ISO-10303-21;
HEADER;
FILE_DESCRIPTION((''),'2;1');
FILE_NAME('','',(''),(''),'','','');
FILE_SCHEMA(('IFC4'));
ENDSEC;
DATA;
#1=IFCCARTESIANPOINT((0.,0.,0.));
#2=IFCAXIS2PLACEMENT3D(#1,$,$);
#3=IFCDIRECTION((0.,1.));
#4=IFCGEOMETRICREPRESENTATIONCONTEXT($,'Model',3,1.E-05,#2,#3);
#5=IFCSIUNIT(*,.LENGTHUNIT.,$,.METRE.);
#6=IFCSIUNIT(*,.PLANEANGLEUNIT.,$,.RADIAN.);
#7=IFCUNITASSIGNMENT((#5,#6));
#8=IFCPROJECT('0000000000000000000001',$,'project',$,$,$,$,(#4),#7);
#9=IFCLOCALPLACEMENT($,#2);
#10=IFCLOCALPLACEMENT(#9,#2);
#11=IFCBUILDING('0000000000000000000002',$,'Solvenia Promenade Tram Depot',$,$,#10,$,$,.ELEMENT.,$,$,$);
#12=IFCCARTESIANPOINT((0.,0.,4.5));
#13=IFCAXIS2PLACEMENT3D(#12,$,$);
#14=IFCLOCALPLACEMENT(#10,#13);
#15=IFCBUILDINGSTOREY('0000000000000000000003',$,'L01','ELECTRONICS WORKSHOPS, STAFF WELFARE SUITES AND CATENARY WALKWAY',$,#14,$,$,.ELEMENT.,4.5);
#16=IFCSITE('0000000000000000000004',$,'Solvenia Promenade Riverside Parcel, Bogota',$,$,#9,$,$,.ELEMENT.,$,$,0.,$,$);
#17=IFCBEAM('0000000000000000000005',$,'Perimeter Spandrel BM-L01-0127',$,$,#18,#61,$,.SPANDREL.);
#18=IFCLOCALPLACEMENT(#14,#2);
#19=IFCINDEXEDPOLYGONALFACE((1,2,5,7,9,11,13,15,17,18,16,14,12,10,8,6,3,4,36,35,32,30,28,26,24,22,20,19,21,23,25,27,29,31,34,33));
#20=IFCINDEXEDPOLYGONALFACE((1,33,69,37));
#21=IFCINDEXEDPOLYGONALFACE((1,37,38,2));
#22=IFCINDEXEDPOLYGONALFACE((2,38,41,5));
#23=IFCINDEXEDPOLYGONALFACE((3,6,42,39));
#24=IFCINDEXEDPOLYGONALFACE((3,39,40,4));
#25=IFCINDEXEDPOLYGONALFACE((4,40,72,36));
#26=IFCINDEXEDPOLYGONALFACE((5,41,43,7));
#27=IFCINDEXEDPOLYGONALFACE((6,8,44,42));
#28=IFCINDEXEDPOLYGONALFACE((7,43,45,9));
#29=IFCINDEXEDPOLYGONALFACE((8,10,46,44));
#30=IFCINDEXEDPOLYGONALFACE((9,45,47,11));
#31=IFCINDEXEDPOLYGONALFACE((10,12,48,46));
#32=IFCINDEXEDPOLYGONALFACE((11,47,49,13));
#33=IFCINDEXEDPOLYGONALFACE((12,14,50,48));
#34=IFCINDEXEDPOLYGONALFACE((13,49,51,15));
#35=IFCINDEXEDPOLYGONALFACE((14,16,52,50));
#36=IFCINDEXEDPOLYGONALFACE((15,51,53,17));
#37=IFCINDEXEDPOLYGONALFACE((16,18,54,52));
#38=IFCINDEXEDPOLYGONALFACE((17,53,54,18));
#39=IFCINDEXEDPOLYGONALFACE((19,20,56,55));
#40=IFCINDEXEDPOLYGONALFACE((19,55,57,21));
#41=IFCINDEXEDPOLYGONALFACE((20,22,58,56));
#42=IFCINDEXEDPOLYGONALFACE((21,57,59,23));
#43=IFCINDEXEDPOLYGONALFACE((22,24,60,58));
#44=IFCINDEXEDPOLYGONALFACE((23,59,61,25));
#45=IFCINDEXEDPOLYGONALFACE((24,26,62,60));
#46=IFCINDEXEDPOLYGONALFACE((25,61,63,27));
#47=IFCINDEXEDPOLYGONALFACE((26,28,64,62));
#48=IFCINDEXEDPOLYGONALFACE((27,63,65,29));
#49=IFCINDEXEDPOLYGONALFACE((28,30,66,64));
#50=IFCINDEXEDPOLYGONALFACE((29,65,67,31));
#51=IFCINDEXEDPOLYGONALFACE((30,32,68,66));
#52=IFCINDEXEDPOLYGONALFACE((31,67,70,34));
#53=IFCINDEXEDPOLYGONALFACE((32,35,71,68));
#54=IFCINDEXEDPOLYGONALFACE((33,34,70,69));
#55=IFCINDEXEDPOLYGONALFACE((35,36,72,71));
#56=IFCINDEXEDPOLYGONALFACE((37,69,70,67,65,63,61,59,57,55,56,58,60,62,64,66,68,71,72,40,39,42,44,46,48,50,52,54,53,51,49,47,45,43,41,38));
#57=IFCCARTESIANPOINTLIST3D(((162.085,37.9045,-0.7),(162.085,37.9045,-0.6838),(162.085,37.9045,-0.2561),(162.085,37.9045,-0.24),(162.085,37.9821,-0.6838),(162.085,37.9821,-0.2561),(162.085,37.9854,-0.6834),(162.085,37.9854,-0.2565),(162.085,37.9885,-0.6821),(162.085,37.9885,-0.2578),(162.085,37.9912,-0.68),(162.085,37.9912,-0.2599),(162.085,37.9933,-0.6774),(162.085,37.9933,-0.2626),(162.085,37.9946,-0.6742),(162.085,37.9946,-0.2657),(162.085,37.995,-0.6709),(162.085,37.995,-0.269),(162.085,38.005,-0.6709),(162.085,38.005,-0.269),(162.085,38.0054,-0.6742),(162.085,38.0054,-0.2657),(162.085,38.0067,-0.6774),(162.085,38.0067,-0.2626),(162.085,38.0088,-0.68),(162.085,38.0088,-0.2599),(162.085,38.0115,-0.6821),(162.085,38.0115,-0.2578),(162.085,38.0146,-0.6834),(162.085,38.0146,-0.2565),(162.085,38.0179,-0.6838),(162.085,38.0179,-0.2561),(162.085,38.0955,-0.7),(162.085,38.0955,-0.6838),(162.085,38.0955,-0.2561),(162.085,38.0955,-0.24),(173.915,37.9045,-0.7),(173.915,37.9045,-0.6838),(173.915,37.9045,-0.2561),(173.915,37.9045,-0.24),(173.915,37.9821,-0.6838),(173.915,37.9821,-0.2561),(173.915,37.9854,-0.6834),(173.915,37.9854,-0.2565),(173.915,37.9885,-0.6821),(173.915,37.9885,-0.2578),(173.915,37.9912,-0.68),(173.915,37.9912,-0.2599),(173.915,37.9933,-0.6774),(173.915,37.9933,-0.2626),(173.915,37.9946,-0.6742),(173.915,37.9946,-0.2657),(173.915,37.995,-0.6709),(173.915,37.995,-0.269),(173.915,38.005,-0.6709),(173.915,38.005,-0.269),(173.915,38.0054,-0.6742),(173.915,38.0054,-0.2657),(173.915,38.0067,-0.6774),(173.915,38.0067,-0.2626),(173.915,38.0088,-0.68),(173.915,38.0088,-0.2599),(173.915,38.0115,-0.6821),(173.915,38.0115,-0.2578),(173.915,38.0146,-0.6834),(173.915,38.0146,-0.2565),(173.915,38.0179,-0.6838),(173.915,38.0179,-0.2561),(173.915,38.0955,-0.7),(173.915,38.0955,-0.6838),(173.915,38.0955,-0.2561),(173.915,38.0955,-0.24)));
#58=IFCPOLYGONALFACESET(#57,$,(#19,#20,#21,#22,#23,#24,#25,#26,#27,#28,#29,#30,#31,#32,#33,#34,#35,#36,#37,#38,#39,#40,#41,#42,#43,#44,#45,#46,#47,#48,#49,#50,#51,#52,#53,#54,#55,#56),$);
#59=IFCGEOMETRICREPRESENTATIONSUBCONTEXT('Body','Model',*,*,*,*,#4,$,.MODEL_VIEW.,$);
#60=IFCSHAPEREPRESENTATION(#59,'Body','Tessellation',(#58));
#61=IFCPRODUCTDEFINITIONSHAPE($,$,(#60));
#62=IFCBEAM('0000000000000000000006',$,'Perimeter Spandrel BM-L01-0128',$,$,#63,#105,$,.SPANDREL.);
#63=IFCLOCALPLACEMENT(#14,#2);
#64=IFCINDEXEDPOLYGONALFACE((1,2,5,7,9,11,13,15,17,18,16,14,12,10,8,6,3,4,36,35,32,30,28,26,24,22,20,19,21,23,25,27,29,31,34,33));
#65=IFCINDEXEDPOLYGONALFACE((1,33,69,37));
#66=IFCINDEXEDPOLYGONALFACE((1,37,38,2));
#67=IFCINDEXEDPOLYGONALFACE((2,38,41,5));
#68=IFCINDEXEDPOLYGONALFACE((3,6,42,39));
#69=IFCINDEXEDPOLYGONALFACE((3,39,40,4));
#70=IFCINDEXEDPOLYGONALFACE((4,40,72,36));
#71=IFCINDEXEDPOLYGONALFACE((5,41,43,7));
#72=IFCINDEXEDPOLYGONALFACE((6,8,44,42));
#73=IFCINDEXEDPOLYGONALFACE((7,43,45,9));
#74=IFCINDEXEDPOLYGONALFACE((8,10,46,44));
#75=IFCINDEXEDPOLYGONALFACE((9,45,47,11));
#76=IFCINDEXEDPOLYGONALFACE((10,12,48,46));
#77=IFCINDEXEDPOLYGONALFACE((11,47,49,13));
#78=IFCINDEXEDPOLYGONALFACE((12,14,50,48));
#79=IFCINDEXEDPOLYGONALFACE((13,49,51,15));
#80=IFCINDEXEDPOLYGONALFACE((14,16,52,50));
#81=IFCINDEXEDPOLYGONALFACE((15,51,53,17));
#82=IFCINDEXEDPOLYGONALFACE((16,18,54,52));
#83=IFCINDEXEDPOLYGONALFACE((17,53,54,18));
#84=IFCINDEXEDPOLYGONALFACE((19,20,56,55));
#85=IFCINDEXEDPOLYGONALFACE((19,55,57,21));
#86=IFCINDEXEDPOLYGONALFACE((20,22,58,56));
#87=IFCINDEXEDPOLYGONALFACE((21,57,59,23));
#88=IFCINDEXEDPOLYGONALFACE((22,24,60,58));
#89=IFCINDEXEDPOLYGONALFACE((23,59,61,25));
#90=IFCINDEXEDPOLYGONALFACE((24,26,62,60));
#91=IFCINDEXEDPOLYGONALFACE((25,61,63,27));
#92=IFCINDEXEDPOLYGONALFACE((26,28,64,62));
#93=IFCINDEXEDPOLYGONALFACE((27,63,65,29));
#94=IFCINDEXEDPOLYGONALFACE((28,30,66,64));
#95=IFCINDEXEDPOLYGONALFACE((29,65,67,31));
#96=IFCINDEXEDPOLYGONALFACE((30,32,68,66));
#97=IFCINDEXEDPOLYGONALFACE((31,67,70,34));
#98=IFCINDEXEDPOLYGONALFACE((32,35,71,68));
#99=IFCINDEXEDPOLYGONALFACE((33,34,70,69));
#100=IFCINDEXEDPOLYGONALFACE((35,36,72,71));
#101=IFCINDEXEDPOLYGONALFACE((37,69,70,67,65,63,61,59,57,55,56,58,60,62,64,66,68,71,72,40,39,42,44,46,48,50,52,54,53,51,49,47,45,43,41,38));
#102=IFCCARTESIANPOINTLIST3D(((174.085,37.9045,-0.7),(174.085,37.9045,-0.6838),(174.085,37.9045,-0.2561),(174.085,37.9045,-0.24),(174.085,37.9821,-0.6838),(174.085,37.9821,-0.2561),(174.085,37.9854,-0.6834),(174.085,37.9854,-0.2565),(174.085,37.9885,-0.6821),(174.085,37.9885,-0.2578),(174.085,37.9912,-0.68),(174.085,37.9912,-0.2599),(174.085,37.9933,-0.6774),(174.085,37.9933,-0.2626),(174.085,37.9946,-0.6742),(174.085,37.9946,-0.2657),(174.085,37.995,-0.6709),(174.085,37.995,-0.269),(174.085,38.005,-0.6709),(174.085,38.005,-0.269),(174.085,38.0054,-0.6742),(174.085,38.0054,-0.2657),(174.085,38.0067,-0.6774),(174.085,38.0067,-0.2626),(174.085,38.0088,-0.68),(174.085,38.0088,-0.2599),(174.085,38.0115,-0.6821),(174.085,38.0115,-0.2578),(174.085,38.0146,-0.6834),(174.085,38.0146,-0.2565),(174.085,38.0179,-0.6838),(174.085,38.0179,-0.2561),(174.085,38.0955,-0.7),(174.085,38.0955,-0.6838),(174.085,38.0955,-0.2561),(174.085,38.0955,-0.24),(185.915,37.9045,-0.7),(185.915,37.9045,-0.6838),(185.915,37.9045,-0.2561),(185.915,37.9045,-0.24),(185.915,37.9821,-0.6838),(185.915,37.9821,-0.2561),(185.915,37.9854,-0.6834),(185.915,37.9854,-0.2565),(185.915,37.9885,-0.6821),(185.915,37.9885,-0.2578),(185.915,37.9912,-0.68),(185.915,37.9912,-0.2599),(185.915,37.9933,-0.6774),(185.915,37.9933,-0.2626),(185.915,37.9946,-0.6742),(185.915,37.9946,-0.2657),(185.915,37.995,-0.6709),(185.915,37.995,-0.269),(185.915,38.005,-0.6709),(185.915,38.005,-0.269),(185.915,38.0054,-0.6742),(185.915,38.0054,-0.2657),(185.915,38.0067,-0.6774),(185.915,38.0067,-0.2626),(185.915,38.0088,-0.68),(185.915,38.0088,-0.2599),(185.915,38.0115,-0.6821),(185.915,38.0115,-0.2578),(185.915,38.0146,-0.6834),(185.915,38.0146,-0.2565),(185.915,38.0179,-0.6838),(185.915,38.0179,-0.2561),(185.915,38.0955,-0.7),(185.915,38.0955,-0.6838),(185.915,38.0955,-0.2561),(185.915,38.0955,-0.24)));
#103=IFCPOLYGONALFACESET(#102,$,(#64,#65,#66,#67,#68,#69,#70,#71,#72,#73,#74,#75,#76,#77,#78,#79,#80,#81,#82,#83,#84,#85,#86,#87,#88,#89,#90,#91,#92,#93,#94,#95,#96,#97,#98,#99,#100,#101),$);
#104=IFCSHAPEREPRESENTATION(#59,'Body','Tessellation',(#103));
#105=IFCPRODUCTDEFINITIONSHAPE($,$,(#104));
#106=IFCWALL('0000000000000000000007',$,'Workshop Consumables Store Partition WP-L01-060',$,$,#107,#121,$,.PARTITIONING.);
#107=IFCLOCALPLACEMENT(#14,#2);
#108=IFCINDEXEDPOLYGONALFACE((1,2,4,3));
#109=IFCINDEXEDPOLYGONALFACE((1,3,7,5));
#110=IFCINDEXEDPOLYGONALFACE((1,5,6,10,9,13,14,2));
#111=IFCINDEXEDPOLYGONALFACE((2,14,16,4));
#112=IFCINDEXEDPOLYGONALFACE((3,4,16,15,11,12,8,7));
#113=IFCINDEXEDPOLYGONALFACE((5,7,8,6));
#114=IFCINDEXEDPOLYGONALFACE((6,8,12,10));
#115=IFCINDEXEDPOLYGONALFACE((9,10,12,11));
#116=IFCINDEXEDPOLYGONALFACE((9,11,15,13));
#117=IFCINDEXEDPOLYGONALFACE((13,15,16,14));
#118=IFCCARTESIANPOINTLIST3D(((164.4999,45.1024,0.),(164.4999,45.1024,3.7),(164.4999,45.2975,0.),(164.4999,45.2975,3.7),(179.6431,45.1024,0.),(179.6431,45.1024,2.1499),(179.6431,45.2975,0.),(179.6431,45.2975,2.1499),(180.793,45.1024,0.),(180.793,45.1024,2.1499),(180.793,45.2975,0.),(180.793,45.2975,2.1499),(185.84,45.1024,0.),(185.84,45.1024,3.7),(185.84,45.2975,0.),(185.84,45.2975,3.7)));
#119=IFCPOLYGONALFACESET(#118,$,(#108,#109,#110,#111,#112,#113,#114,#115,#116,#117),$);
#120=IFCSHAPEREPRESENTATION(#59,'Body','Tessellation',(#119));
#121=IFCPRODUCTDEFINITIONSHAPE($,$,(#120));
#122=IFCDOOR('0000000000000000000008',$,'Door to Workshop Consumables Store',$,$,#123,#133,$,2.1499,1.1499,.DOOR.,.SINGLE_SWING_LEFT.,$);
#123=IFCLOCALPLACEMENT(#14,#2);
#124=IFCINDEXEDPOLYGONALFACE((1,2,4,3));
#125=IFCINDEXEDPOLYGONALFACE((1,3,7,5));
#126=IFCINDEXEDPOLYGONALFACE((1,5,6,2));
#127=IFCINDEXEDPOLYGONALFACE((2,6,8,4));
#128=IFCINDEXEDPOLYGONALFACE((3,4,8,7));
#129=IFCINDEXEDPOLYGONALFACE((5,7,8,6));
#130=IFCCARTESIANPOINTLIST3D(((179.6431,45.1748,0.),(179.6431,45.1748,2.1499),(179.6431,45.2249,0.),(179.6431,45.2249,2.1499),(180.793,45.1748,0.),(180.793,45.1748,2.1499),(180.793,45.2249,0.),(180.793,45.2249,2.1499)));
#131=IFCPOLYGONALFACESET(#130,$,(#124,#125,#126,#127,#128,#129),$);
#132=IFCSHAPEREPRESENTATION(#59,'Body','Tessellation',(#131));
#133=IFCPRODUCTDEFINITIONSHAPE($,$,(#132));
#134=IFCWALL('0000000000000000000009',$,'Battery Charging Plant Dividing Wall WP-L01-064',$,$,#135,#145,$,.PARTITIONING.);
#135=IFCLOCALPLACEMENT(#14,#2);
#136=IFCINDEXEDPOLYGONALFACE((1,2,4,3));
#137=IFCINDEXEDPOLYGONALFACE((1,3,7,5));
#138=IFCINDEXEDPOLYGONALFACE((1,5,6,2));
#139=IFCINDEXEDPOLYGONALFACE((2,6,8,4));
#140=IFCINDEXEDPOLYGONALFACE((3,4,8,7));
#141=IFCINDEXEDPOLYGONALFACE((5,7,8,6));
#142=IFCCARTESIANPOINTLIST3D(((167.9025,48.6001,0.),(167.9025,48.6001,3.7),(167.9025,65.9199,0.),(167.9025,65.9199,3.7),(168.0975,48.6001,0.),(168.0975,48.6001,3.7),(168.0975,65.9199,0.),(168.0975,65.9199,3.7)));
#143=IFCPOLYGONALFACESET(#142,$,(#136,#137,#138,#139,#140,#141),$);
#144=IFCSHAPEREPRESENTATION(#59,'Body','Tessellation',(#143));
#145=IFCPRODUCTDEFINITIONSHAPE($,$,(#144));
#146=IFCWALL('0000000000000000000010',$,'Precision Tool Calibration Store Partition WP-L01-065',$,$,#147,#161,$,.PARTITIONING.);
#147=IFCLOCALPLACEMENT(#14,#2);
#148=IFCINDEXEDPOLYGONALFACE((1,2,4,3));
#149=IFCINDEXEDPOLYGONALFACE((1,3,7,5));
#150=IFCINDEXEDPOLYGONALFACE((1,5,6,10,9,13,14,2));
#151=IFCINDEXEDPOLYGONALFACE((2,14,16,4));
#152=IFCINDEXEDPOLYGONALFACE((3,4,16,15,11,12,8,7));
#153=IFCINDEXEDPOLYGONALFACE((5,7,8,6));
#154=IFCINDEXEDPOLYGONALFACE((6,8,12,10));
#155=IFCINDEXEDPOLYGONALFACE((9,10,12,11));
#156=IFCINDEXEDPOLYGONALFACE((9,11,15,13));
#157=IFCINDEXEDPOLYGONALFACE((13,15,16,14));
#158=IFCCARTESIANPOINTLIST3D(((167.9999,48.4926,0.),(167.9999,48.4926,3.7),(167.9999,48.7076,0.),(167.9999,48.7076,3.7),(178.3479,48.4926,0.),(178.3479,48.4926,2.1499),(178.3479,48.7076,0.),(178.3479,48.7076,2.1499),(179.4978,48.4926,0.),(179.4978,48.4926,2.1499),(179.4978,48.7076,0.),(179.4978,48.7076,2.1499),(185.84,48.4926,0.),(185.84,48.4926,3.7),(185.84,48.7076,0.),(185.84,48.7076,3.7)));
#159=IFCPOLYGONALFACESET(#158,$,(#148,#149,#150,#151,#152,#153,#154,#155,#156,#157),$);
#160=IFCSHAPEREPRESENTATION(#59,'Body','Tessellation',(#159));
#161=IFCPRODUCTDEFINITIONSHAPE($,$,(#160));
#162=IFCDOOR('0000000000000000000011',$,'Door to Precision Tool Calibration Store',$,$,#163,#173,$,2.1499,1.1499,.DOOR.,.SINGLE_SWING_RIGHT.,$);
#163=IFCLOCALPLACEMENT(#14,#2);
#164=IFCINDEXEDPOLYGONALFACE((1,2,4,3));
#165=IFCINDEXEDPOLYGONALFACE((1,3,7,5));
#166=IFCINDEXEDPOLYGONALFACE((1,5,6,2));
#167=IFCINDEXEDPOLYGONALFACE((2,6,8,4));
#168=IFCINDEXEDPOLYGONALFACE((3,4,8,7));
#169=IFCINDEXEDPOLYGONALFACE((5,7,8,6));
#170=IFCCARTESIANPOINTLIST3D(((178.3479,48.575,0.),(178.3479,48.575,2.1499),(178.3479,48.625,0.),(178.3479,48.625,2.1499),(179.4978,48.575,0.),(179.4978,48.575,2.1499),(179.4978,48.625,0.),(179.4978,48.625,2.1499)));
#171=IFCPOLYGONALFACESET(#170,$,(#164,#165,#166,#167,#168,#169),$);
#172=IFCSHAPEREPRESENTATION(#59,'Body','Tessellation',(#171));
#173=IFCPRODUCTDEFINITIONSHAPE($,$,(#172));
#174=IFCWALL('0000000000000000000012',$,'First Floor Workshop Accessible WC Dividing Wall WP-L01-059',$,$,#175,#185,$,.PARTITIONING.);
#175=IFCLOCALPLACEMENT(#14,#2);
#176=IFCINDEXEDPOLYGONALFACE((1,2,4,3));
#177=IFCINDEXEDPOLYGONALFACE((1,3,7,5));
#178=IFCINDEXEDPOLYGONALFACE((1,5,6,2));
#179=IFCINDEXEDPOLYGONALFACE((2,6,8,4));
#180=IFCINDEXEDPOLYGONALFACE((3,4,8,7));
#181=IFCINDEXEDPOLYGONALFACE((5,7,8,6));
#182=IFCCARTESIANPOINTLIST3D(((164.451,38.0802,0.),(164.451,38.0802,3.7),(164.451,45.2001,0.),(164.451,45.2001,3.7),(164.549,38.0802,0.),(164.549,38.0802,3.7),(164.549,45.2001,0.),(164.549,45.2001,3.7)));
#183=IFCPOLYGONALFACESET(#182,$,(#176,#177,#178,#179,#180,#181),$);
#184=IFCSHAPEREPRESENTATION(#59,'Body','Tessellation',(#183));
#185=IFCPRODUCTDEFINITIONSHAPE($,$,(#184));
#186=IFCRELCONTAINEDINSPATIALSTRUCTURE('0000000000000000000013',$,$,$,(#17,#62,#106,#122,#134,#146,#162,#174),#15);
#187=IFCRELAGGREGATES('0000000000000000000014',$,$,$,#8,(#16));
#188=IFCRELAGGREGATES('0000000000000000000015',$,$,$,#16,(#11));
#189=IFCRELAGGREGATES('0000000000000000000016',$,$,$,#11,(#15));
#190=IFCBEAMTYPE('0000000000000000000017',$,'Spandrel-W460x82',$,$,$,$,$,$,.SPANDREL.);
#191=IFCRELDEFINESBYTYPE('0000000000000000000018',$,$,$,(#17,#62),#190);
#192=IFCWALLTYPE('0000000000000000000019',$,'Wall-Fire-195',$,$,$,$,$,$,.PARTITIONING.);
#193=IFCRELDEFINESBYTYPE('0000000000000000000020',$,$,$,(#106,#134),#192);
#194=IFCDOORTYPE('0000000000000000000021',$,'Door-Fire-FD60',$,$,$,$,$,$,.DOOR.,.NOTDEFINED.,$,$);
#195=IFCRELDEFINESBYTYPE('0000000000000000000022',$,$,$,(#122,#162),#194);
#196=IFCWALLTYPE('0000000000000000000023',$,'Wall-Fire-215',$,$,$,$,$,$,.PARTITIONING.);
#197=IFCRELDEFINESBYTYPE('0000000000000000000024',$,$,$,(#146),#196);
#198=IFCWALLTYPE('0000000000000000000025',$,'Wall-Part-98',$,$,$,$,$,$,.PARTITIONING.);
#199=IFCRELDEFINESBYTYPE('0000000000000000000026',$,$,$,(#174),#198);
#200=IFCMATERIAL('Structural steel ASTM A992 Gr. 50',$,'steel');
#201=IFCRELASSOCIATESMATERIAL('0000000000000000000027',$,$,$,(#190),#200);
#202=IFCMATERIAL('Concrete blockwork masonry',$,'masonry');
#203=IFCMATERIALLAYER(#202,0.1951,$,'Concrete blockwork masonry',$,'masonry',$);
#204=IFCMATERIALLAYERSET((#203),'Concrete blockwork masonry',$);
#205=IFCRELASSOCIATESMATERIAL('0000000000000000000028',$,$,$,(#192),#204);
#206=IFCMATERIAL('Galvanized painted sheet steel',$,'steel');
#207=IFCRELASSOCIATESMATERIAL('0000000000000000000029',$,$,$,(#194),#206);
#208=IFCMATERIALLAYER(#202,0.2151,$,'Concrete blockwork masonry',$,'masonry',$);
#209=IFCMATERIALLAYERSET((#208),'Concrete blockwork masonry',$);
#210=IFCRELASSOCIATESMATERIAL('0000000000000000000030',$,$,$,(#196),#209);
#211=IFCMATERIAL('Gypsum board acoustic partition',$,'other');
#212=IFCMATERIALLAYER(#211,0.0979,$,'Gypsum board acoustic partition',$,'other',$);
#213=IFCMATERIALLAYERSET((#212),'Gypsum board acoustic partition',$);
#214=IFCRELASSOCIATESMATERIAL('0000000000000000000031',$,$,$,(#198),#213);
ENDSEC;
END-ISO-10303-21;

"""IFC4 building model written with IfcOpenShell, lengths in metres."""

from ifc_helpers import new_model, si_unit, direction, frame, frame_2d, origin, origin_2d, place, context, subcontext, project, spatial, rectangle, i_section, extrude, material, layer, layer_set, material_profile, profile_set, type_object, element, fill, save


model = new_model("IFC4")

# Units and contexts
model_context = context("Model", 3, precision=1e-05, world=origin(), true_north=direction((0.0, 1.0)))
body_context = subcontext(model_context, "Body", "Model", "MODEL_VIEW")
ifc_project = project(units=[si_unit("LENGTHUNIT", "METRE"), si_unit("PLANEANGLEUNIT", "RADIAN")], contexts=[model_context])

# Site, building, storey
site_placement = place(None, origin())
site = spatial("IfcSite", under=ifc_project, at=site_placement, Name="Solvenia Promenade Riverside Parcel, Bogota", CompositionType="ELEMENT", RefElevation=0.0)
building_placement = place(site_placement, origin())
building = spatial("IfcBuilding", under=site, at=building_placement, Name="Solvenia Promenade Tram Depot", CompositionType="ELEMENT")
storey_placement = place(building_placement, frame((0.0, 0.0, 4.5)))
storey = spatial("IfcBuildingStorey", under=building, at=storey_placement, Name="L01", Description="ELECTRONICS WORKSHOPS, STAFF WELFARE SUITES AND CATENARY WALKWAY", CompositionType="ELEMENT", Elevation=4.5)

# Shared definitions
ifc_material_1 = material(Name="Structural steel ASTM A992 Gr. 50", Category="steel")

# Beams
ifc_material_profile_1 = material_profile(ifc_material_1, i_section(OverallWidth=0.1909, OverallDepth=0.46, WebThickness=0.01, FlangeThickness=0.0161, FilletRadius=0.0129, at=origin_2d()), Name="W460x82", Category="steel")
ifc_profile_set_1 = profile_set([ifc_material_profile_1], Name="Structural steel ASTM A992 Gr. 50")
beam_type_1 = type_object("IfcBeamType", Name="Spandrel-W460x82", PredefinedType="SPANDREL", material=ifc_profile_set_1)
for number, where, z_axis, x_axis, name in (
    (1, (162.085, 38.0, -0.47), (1.0, 0.0, 0.0), (0.0, 1.0, 0.0), "Perimeter Spandrel BM-L01-0127"),
    (2, (174.085, 38.0, -0.47), (1.0, 0.0, 0.0), (0.0, 1.0, 0.0), "Perimeter Spandrel BM-L01-0128"),
):
    element("IfcBeam", number, at=place(storey_placement, frame(where, z_axis=z_axis, x_axis=x_axis)), inside=storey, type_object=beam_type_1, Name=name, PredefinedType="SPANDREL", context=body_context, shape_type="SweptSolid", body=[
        extrude(i_section(OverallWidth=0.1909, OverallDepth=0.46, WebThickness=0.01, FlangeThickness=0.0161, FilletRadius=0.0129, at=origin_2d()), origin(), (0.0, 0.0, 1.0), 11.8301),
    ])

# Wall, opening, door
ifc_material_2 = material(Name="Concrete blockwork masonry", Category="masonry")
ifc_layer_1 = layer(ifc_material_2, 0.1951, Name="Concrete blockwork masonry", Category="masonry")
ifc_layer_set_1 = layer_set([ifc_layer_1], Name="Concrete blockwork masonry")
wall_type_1 = type_object("IfcWallType", Name="Wall-Fire-195", PredefinedType="PARTITIONING", material=ifc_layer_set_1)
wall_1_placement = place(storey_placement, frame((164.5, 45.2, 0.0), z_axis=(0.0, 0.0, 1.0), x_axis=(1.0, 0.0, 0.0)))
wall_1 = element("IfcWall", 3, at=wall_1_placement, inside=storey, type_object=wall_type_1, Name="Workshop Consumables Store Partition WP-L01-060", PredefinedType="PARTITIONING", context=body_context, shape_type="SweptSolid", body=[
    extrude(rectangle(XDim=21.3401, YDim=0.1951, at=frame_2d((10.6699, 0.0))), origin(), (0.0, 0.0, 1.0), 3.7),
])
opening_1_placement = place(wall_1_placement, frame((15.1431, 0.0, 0.0)))
opening_1 = element("IfcOpeningElement", 4, at=opening_1_placement, cuts=wall_1, PredefinedType="OPENING", context=body_context, shape_type="SweptSolid", body=[
    extrude(rectangle(XDim=1.1499, YDim=2.1499, at=frame_2d((0.575, 1.075))), frame((0.0, 0.1074, 0.0), z_axis=(0.0, -1.0, 0.0), x_axis=(1.0, 0.0, 0.0)), (0.0, 0.0, 1.0), 0.2151),
])
ifc_material_3 = material(Name="Galvanized painted sheet steel", Category="steel")
door_type = type_object("IfcDoorType", Name="Door-Fire-FD60", OperationType="NOTDEFINED", PredefinedType="DOOR", material=ifc_material_3)
door_1_placement = place(opening_1_placement, origin())
door_1 = element("IfcDoor", 5, at=door_1_placement, inside=storey, type_object=door_type, Name="Door to Workshop Consumables Store", OperationType="SINGLE_SWING_LEFT", OverallHeight=2.1499, OverallWidth=1.1499, PredefinedType="DOOR", context=body_context, shape_type="SweptSolid", body=[
    extrude(rectangle(XDim=1.1499, YDim=2.1499, at=frame_2d((0.575, 1.075))), frame((0.0, 0.0249, 0.0), z_axis=(0.0, -1.0, 0.0), x_axis=(1.0, 0.0, 0.0)), (0.0, 0.0, 1.0), 0.05),
])
fill(opening_1, door_1)

# Wall
wall_2_placement = place(storey_placement, frame((168.0, 48.6001, 0.0), z_axis=(0.0, 0.0, 1.0), x_axis=(0.0, 1.0, 0.0)))
element("IfcWall", 6, at=wall_2_placement, inside=storey, type_object=wall_type_1, Name="Battery Charging Plant Dividing Wall WP-L01-064", PredefinedType="PARTITIONING", context=body_context, shape_type="SweptSolid", body=[
    extrude(rectangle(XDim=17.3198, YDim=0.1951, at=frame_2d((8.6599, 0.0))), origin(), (0.0, 0.0, 1.0), 3.7),
])

# Wall, opening, door
ifc_layer_2 = layer(ifc_material_2, 0.2151, Name="Concrete blockwork masonry", Category="masonry")
ifc_layer_set_2 = layer_set([ifc_layer_2], Name="Concrete blockwork masonry")
wall_type_2 = type_object("IfcWallType", Name="Wall-Fire-215", PredefinedType="PARTITIONING", material=ifc_layer_set_2)
wall_3_placement = place(storey_placement, frame((168.0, 48.6001, 0.0), z_axis=(0.0, 0.0, 1.0), x_axis=(1.0, 0.0, 0.0)))
wall_3 = element("IfcWall", 7, at=wall_3_placement, inside=storey, type_object=wall_type_2, Name="Precision Tool Calibration Store Partition WP-L01-065", PredefinedType="PARTITIONING", context=body_context, shape_type="SweptSolid", body=[
    extrude(rectangle(XDim=17.8401, YDim=0.2151, at=frame_2d((8.9199, 0.0))), origin(), (0.0, 0.0, 1.0), 3.7),
])
opening_2_placement = place(wall_3_placement, frame((10.3479, 0.0, 0.0)))
opening_2 = element("IfcOpeningElement", 8, at=opening_2_placement, cuts=wall_3, PredefinedType="OPENING", context=body_context, shape_type="SweptSolid", body=[
    extrude(rectangle(XDim=1.1499, YDim=2.1499, at=frame_2d((0.575, 1.075))), frame((0.0, 0.1174, 0.0), z_axis=(0.0, -1.0, 0.0), x_axis=(1.0, 0.0, 0.0)), (0.0, 0.0, 1.0), 0.2351),
])
door_2_placement = place(opening_2_placement, origin())
door_2 = element("IfcDoor", 9, at=door_2_placement, inside=storey, type_object=door_type, Name="Door to Precision Tool Calibration Store", OperationType="SINGLE_SWING_RIGHT", OverallHeight=2.1499, OverallWidth=1.1499, PredefinedType="DOOR", context=body_context, shape_type="SweptSolid", body=[
    extrude(rectangle(XDim=1.1499, YDim=2.1499, at=frame_2d((0.575, 1.075))), frame((0.0, 0.0249, 0.0), z_axis=(0.0, -1.0, 0.0), x_axis=(1.0, 0.0, 0.0)), (0.0, 0.0, 1.0), 0.05),
])
fill(opening_2, door_2)

# Wall
ifc_material_4 = material(Name="Gypsum board acoustic partition", Category="other")
ifc_layer_3 = layer(ifc_material_4, 0.0979, Name="Gypsum board acoustic partition", Category="other")
ifc_layer_set_3 = layer_set([ifc_layer_3], Name="Gypsum board acoustic partition")
wall_type_3 = type_object("IfcWallType", Name="Wall-Part-98", PredefinedType="PARTITIONING", material=ifc_layer_set_3)
wall_4_placement = place(storey_placement, frame((164.5, 38.0801, 0.0), z_axis=(0.0, 0.0, 1.0), x_axis=(0.0, 1.0, 0.0)))
element("IfcWall", 10, at=wall_4_placement, inside=storey, type_object=wall_type_3, Name="First Floor Workshop Accessible WC Dividing Wall WP-L01-059", PredefinedType="PARTITIONING", context=body_context, shape_type="SweptSolid", body=[
    extrude(rectangle(XDim=7.1199, YDim=0.0979, at=frame_2d((3.5601, 0.0))), origin(), (0.0, 0.0, 1.0), 3.7),
])

save(model, "model.ifc")
